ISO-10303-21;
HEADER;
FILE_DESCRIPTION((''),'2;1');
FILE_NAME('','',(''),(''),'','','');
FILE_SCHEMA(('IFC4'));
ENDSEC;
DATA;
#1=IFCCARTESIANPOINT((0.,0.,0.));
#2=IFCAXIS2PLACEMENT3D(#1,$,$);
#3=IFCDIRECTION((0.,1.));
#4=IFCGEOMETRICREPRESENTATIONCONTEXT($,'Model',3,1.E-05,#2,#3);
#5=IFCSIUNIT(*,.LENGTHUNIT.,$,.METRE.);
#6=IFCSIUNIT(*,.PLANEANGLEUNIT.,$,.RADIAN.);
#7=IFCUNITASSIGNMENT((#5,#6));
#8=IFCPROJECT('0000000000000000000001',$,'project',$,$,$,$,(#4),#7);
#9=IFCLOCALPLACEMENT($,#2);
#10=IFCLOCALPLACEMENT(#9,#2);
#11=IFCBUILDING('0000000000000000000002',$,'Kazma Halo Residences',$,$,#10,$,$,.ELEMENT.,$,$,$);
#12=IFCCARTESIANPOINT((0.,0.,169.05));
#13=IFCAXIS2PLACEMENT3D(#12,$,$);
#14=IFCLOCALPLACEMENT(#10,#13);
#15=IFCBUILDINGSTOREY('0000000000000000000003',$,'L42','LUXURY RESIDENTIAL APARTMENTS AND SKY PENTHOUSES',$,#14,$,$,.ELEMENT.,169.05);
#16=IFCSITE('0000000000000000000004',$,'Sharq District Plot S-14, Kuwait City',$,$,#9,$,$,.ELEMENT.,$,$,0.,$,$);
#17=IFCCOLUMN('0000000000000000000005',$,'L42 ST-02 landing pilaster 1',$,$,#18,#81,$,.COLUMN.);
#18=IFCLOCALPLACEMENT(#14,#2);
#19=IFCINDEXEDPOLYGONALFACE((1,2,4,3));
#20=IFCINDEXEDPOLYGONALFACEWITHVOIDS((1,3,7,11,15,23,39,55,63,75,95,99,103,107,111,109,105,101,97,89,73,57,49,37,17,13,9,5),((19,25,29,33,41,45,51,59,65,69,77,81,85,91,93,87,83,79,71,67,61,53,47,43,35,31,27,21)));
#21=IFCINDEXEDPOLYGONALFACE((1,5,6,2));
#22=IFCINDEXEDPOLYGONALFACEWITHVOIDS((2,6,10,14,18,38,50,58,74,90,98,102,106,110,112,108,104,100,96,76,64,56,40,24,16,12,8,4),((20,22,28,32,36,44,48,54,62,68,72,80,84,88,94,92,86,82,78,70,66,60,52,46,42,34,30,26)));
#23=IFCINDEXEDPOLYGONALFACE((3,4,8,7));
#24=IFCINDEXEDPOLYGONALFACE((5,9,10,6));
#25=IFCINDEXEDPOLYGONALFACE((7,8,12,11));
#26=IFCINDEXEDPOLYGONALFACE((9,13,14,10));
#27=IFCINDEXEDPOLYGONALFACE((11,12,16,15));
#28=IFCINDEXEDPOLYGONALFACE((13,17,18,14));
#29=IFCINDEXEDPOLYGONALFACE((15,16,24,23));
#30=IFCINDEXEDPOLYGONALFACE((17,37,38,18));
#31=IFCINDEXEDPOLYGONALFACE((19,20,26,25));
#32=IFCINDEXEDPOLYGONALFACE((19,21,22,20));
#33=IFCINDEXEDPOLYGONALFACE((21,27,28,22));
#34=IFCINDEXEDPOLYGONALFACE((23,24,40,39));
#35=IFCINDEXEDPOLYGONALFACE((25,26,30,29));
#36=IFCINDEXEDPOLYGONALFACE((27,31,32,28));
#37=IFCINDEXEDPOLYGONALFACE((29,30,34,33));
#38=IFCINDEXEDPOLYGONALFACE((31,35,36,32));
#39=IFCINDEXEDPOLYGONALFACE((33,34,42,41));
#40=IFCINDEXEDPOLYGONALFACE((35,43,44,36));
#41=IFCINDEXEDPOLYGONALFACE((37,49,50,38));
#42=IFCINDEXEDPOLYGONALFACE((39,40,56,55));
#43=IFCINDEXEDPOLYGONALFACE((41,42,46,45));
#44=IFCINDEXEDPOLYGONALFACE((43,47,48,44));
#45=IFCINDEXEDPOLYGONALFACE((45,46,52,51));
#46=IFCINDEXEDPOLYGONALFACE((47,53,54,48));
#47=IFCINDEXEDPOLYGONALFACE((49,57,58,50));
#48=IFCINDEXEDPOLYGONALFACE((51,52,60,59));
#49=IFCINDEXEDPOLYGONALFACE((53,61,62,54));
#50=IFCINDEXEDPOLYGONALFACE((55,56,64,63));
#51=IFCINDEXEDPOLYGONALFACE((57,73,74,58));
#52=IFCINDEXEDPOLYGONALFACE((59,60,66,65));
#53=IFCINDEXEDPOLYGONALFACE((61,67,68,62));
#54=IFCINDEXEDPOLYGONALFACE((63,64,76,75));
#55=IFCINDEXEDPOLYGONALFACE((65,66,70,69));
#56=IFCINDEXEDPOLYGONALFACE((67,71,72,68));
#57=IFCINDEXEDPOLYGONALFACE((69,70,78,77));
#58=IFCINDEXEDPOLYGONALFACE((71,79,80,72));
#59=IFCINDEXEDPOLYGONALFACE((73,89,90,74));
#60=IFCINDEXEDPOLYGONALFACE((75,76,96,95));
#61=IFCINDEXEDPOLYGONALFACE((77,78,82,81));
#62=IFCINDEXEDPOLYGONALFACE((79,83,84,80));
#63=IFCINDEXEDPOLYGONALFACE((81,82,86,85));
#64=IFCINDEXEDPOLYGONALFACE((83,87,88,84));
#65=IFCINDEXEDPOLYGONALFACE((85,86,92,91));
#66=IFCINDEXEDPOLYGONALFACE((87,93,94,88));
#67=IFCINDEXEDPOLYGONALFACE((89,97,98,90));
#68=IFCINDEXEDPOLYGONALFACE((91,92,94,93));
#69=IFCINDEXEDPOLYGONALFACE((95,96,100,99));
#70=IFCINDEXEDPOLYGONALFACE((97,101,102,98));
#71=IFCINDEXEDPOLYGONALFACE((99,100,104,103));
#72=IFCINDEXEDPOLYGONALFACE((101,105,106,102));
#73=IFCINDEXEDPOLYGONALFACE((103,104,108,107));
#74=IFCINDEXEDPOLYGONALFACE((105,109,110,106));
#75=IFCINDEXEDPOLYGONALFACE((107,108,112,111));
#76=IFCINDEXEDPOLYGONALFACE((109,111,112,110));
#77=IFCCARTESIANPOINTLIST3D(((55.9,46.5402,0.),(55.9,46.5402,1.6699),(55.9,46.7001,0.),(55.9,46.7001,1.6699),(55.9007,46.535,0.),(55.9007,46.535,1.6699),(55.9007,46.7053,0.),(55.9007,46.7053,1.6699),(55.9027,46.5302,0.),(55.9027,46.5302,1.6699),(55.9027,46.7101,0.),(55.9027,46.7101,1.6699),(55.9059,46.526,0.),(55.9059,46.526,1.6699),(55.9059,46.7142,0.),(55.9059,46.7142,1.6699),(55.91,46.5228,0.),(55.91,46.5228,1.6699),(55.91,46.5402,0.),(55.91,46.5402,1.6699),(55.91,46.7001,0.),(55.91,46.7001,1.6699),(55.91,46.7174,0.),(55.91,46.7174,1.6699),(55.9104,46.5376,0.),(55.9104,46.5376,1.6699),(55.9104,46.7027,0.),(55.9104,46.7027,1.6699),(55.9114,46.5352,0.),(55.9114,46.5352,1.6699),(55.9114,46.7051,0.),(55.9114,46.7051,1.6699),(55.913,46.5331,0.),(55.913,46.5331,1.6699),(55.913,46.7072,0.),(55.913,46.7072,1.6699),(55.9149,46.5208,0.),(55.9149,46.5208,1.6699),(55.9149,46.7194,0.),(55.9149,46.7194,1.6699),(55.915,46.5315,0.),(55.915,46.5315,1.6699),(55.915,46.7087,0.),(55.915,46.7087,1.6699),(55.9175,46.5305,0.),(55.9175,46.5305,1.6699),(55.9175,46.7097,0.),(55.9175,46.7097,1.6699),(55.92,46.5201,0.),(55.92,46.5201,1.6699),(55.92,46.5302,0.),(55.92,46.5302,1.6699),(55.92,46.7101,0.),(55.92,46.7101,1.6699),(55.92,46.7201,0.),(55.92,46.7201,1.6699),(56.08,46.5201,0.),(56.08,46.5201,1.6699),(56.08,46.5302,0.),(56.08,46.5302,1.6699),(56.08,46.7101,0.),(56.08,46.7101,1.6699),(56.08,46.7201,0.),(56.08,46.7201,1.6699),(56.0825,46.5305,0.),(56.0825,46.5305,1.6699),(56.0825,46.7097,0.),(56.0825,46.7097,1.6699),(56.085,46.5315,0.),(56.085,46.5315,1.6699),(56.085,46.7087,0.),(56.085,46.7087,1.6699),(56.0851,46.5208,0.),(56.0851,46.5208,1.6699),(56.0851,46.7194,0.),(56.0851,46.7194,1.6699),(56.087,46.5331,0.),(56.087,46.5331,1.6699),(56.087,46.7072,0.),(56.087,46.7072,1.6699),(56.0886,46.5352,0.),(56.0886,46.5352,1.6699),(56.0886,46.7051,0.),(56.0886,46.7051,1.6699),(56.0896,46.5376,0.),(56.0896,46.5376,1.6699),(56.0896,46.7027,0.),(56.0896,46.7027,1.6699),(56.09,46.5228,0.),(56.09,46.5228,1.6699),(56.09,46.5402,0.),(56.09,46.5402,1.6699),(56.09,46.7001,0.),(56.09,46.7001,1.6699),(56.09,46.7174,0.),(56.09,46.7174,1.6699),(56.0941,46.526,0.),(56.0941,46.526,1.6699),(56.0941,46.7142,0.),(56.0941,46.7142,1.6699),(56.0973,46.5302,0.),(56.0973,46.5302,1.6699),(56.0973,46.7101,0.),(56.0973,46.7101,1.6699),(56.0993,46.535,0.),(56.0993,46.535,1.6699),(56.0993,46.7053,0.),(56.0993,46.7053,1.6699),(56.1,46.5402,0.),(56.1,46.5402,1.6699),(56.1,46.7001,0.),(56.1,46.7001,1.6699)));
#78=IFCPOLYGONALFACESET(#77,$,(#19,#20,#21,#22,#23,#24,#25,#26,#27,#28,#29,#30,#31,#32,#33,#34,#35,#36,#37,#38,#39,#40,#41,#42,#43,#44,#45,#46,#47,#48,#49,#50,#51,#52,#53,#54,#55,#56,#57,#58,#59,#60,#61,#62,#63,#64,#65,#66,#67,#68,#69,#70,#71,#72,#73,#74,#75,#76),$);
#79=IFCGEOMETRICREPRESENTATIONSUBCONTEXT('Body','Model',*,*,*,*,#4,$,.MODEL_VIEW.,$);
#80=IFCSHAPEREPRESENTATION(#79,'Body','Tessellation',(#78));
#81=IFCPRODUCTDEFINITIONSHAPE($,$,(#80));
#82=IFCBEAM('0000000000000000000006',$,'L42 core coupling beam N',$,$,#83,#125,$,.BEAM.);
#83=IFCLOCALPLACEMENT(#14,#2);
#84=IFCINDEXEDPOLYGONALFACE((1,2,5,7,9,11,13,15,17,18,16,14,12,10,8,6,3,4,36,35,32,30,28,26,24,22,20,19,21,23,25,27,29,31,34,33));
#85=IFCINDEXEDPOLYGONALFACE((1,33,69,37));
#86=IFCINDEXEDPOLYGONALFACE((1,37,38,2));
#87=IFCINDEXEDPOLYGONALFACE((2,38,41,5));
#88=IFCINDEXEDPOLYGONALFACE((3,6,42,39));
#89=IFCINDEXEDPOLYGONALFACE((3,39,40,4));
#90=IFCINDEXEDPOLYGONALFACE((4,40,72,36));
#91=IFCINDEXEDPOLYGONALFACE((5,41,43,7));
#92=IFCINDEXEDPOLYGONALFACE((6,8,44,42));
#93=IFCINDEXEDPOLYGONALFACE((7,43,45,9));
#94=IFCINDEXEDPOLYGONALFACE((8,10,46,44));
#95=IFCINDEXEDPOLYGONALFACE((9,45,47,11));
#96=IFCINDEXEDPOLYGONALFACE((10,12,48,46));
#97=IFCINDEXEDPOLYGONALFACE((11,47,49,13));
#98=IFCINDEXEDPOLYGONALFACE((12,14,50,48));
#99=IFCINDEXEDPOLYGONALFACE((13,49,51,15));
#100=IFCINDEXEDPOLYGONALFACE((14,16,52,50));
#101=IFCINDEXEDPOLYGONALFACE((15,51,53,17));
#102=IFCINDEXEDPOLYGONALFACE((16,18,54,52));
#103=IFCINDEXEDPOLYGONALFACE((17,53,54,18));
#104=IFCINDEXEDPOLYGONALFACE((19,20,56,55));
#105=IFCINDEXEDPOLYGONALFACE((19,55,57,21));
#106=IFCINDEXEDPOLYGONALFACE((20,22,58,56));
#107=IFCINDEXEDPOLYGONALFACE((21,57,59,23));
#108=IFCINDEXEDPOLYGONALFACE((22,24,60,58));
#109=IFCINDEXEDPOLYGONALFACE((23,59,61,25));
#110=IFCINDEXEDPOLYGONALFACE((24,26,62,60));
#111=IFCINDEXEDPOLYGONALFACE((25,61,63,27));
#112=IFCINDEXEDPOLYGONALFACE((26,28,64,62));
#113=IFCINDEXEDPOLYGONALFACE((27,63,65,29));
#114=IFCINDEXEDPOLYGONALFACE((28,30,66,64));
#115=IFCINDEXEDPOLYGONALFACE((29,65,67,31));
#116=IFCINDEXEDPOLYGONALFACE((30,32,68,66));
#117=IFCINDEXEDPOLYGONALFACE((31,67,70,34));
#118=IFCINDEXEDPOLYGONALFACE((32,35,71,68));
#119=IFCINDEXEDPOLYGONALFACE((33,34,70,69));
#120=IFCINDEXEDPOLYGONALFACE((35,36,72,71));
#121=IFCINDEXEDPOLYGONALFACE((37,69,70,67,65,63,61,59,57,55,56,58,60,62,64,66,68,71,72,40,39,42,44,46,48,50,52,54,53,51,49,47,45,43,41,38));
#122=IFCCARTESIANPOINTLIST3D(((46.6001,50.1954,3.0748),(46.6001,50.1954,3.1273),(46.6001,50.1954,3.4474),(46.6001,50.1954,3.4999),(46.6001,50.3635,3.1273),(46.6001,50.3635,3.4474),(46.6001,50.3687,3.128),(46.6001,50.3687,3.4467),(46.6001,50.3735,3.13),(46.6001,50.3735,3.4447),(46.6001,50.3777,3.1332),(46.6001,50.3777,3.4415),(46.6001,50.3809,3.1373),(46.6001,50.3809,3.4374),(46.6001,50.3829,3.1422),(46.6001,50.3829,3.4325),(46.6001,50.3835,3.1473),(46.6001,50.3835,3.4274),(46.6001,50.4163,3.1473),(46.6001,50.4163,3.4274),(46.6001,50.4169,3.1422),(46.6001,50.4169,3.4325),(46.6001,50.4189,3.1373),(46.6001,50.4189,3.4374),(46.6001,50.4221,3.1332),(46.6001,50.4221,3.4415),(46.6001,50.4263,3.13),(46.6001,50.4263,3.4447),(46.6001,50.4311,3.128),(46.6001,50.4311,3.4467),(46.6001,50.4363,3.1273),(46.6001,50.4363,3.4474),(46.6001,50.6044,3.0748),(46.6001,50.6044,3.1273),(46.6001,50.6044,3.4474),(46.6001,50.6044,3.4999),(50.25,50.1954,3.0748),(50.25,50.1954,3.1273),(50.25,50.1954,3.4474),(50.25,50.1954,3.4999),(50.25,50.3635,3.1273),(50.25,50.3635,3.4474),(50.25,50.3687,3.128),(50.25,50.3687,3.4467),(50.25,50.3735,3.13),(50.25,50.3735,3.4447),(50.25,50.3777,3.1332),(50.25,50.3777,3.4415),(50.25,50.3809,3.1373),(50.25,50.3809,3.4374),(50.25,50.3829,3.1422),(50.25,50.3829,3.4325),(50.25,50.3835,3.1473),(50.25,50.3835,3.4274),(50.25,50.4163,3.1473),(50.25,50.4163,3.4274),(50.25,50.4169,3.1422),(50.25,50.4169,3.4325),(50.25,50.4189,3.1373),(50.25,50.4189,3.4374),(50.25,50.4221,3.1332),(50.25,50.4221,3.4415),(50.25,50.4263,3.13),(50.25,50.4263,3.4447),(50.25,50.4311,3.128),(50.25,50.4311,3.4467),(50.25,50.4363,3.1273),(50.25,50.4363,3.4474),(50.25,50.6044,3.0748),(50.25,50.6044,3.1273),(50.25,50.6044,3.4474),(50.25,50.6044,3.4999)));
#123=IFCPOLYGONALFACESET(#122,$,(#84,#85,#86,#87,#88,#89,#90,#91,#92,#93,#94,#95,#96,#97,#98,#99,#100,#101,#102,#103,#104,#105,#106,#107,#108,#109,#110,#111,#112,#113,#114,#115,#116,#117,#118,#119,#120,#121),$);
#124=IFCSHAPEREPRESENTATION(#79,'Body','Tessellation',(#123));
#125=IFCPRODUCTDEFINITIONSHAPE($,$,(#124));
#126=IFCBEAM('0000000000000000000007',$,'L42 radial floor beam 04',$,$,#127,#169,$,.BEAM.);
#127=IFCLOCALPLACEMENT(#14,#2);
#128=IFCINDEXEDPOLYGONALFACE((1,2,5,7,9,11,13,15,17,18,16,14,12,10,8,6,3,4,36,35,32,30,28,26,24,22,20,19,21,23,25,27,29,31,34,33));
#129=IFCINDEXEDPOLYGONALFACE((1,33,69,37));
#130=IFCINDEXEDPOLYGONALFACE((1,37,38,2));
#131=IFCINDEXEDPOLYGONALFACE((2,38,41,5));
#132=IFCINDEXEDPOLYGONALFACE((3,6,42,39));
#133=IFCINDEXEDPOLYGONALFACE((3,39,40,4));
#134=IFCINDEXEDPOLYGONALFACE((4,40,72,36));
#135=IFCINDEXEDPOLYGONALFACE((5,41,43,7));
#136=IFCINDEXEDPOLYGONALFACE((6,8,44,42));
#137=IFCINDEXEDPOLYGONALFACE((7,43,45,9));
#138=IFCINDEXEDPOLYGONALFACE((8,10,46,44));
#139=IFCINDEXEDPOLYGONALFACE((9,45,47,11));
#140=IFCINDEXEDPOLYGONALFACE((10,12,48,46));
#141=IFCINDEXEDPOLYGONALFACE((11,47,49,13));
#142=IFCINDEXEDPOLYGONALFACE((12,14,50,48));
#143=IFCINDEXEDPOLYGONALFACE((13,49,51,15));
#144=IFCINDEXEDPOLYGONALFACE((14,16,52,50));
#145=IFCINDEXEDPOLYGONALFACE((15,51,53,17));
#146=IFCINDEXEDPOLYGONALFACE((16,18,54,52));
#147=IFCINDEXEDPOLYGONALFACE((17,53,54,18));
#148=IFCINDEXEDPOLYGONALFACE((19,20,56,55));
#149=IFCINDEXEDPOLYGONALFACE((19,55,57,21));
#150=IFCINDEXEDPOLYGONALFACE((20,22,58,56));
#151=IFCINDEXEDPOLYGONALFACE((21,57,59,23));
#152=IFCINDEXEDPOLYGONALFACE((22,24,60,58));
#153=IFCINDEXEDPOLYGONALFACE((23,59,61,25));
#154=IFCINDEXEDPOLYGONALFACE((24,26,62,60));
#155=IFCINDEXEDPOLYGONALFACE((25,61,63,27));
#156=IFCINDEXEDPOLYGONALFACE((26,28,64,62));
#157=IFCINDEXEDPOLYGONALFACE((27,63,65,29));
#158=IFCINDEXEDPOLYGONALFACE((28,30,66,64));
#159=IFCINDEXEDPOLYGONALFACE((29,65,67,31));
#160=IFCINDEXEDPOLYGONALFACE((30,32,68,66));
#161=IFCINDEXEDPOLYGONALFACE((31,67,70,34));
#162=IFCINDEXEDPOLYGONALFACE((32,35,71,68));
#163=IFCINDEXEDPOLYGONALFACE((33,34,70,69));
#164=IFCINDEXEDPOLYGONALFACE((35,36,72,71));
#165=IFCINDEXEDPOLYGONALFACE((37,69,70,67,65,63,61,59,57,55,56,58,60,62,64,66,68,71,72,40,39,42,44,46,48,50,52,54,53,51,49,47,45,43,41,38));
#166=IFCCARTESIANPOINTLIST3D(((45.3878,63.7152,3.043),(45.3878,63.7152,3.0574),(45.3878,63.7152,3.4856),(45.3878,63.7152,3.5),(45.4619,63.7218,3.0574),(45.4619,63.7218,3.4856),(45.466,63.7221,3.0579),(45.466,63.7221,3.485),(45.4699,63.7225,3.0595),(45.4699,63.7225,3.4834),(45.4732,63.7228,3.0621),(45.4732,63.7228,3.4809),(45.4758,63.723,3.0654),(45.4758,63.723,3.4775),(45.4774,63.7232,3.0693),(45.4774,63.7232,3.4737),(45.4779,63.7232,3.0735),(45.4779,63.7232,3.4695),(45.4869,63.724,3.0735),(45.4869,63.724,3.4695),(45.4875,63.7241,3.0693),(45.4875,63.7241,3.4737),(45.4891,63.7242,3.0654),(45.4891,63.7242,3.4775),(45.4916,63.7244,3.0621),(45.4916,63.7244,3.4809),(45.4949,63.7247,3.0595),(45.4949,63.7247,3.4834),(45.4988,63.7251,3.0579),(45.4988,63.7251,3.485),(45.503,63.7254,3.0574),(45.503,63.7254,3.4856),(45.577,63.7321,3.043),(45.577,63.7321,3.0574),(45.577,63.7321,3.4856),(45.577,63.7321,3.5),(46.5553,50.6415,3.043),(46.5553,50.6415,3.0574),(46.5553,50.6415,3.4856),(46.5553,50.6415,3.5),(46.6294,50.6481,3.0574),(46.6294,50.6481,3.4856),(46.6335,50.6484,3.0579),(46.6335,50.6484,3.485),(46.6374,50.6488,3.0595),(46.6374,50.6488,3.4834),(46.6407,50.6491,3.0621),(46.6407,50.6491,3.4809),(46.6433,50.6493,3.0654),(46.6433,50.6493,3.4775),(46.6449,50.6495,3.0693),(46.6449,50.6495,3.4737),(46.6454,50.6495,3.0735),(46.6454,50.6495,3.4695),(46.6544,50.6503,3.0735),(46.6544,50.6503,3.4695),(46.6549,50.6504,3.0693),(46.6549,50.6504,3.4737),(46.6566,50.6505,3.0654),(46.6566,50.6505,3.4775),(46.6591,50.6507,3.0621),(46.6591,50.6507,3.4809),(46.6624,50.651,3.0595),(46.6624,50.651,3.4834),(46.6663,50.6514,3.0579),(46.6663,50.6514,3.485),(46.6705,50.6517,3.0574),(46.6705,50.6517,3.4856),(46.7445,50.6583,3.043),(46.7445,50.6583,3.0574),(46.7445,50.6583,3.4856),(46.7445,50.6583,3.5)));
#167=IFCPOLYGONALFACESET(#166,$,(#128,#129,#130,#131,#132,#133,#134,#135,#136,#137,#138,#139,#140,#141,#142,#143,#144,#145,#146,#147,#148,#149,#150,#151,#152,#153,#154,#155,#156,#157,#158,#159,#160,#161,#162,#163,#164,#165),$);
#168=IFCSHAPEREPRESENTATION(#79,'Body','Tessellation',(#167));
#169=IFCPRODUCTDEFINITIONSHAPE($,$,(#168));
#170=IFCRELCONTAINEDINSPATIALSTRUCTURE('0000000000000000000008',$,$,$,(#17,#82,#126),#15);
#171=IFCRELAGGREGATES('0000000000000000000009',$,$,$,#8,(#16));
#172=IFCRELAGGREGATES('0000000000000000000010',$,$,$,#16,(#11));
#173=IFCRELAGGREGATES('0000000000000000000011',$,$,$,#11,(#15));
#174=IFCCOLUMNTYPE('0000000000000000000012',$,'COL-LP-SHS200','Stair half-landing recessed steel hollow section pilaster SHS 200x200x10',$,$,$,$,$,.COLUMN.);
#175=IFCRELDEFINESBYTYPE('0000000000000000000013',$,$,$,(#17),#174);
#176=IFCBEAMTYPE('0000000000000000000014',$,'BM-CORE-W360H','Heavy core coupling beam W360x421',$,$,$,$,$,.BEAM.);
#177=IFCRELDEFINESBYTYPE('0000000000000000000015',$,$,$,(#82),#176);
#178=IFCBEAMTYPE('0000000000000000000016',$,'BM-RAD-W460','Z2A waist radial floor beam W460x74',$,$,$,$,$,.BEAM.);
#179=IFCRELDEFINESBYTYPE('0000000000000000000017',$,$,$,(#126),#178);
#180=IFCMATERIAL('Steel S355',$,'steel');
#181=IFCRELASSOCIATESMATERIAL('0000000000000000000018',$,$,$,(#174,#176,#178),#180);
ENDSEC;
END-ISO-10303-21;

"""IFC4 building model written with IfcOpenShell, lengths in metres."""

from ifc_helpers import new_model, si_unit, direction, frame, origin, origin_2d, place, context, subcontext, project, spatial, hollow_rectangle, i_section, extrude, material, material_profile, profile_set, type_object, element, save


model = new_model("IFC4")

# Units and contexts
model_context = context("Model", 3, precision=1e-05, world=origin(), true_north=direction((0.0, 1.0)))
body_context = subcontext(model_context, "Body", "Model", "MODEL_VIEW")
ifc_project = project(units=[si_unit("LENGTHUNIT", "METRE"), si_unit("PLANEANGLEUNIT", "RADIAN")], contexts=[model_context])

# Site, building, storey
site_placement = place(None, origin())
site = spatial("IfcSite", under=ifc_project, at=site_placement, Name="Sharq District Plot S-14, Kuwait City", CompositionType="ELEMENT", RefElevation=0.0)
building_placement = place(site_placement, origin())
building = spatial("IfcBuilding", under=site, at=building_placement, Name="Kazma Halo Residences", CompositionType="ELEMENT")
storey_placement = place(building_placement, frame((0.0, 0.0, 169.05)))
storey = spatial("IfcBuildingStorey", under=building, at=storey_placement, Name="L42", Description="LUXURY RESIDENTIAL APARTMENTS AND SKY PENTHOUSES", CompositionType="ELEMENT", Elevation=169.05)

# Column
ifc_material_1 = material(Name="Steel S355", Category="steel")
ifc_material_profile_1 = material_profile(ifc_material_1, hollow_rectangle(XDim=0.2, YDim=0.2, WallThickness=0.01, InnerFilletRadius=0.01, OuterFilletRadius=0.02, at=origin_2d()), Name="SHS200x200x10")
ifc_profile_set_1 = profile_set([ifc_material_profile_1], Name="Steel S355")
column_type = type_object("IfcColumnType", Name="COL-LP-SHS200", Description="Stair half-landing recessed steel hollow section pilaster SHS 200x200x10", PredefinedType="COLUMN", material=ifc_profile_set_1)
column_placement = place(storey_placement, frame((56.0, 46.6201, 0.0), z_axis=(0.0, 0.0, 1.0), x_axis=(1.0, 0.0, 0.0)))
element("IfcColumn", 1, at=column_placement, inside=storey, type_object=column_type, Name="L42 ST-02 landing pilaster 1", PredefinedType="COLUMN", context=body_context, shape_type="SweptSolid", body=[
    extrude(hollow_rectangle(XDim=0.2, YDim=0.2, WallThickness=0.01, InnerFilletRadius=0.01, OuterFilletRadius=0.02, at=origin_2d()), origin(), (0.0, 0.0, 1.0), 1.6699),
])

# Beams
ifc_material_profile_2 = material_profile(ifc_material_1, i_section(OverallWidth=0.4089, OverallDepth=0.425, WebThickness=0.0327, FlangeThickness=0.0525, FilletRadius=0.02, at=origin_2d()), Name="W360x421")
ifc_profile_set_2 = profile_set([ifc_material_profile_2], Name="Steel S355")
beam_type_1 = type_object("IfcBeamType", Name="BM-CORE-W360H", Description="Heavy core coupling beam W360x421", PredefinedType="BEAM", material=ifc_profile_set_2)
beam_1_placement = place(storey_placement, frame((46.6001, 50.3999, 3.2874), z_axis=(1.0, 0.0, 0.0), x_axis=(0.0, 1.0, 0.0)))
element("IfcBeam", 2, at=beam_1_placement, inside=storey, type_object=beam_type_1, Name="L42 core coupling beam N", PredefinedType="BEAM", context=body_context, shape_type="SweptSolid", body=[
    extrude(i_section(OverallWidth=0.4089, OverallDepth=0.425, WebThickness=0.0327, FlangeThickness=0.0525, FilletRadius=0.02, at=origin_2d()), origin(), (0.0, 0.0, 1.0), 3.6499),
])
ifc_material_profile_3 = material_profile(ifc_material_1, i_section(OverallWidth=0.1899, OverallDepth=0.457, WebThickness=0.009, FlangeThickness=0.0144, FilletRadius=0.0161, at=origin_2d()), Name="W460x74")
ifc_profile_set_3 = profile_set([ifc_material_profile_3], Name="Steel S355")
beam_type_2 = type_object("IfcBeamType", Name="BM-RAD-W460", Description="Z2A waist radial floor beam W460x74", PredefinedType="BEAM", material=ifc_profile_set_3)
beam_2_placement = place(storey_placement, frame((46.6499, 50.6499, 3.2715), z_axis=(-0.088946, 0.996036, 0.0), x_axis=(-0.996036, -0.088946, 0.0)))
element("IfcBeam", 3, at=beam_2_placement, inside=storey, type_object=beam_type_2, Name="L42 radial floor beam 04", PredefinedType="BEAM", context=body_context, shape_type="SweptSolid", body=[
    extrude(i_section(OverallWidth=0.1899, OverallDepth=0.457, WebThickness=0.009, FlangeThickness=0.0144, FilletRadius=0.0161, at=origin_2d()), origin(), (0.0, 0.0, 1.0), 13.1257),
])

save(model, "model.ifc")
